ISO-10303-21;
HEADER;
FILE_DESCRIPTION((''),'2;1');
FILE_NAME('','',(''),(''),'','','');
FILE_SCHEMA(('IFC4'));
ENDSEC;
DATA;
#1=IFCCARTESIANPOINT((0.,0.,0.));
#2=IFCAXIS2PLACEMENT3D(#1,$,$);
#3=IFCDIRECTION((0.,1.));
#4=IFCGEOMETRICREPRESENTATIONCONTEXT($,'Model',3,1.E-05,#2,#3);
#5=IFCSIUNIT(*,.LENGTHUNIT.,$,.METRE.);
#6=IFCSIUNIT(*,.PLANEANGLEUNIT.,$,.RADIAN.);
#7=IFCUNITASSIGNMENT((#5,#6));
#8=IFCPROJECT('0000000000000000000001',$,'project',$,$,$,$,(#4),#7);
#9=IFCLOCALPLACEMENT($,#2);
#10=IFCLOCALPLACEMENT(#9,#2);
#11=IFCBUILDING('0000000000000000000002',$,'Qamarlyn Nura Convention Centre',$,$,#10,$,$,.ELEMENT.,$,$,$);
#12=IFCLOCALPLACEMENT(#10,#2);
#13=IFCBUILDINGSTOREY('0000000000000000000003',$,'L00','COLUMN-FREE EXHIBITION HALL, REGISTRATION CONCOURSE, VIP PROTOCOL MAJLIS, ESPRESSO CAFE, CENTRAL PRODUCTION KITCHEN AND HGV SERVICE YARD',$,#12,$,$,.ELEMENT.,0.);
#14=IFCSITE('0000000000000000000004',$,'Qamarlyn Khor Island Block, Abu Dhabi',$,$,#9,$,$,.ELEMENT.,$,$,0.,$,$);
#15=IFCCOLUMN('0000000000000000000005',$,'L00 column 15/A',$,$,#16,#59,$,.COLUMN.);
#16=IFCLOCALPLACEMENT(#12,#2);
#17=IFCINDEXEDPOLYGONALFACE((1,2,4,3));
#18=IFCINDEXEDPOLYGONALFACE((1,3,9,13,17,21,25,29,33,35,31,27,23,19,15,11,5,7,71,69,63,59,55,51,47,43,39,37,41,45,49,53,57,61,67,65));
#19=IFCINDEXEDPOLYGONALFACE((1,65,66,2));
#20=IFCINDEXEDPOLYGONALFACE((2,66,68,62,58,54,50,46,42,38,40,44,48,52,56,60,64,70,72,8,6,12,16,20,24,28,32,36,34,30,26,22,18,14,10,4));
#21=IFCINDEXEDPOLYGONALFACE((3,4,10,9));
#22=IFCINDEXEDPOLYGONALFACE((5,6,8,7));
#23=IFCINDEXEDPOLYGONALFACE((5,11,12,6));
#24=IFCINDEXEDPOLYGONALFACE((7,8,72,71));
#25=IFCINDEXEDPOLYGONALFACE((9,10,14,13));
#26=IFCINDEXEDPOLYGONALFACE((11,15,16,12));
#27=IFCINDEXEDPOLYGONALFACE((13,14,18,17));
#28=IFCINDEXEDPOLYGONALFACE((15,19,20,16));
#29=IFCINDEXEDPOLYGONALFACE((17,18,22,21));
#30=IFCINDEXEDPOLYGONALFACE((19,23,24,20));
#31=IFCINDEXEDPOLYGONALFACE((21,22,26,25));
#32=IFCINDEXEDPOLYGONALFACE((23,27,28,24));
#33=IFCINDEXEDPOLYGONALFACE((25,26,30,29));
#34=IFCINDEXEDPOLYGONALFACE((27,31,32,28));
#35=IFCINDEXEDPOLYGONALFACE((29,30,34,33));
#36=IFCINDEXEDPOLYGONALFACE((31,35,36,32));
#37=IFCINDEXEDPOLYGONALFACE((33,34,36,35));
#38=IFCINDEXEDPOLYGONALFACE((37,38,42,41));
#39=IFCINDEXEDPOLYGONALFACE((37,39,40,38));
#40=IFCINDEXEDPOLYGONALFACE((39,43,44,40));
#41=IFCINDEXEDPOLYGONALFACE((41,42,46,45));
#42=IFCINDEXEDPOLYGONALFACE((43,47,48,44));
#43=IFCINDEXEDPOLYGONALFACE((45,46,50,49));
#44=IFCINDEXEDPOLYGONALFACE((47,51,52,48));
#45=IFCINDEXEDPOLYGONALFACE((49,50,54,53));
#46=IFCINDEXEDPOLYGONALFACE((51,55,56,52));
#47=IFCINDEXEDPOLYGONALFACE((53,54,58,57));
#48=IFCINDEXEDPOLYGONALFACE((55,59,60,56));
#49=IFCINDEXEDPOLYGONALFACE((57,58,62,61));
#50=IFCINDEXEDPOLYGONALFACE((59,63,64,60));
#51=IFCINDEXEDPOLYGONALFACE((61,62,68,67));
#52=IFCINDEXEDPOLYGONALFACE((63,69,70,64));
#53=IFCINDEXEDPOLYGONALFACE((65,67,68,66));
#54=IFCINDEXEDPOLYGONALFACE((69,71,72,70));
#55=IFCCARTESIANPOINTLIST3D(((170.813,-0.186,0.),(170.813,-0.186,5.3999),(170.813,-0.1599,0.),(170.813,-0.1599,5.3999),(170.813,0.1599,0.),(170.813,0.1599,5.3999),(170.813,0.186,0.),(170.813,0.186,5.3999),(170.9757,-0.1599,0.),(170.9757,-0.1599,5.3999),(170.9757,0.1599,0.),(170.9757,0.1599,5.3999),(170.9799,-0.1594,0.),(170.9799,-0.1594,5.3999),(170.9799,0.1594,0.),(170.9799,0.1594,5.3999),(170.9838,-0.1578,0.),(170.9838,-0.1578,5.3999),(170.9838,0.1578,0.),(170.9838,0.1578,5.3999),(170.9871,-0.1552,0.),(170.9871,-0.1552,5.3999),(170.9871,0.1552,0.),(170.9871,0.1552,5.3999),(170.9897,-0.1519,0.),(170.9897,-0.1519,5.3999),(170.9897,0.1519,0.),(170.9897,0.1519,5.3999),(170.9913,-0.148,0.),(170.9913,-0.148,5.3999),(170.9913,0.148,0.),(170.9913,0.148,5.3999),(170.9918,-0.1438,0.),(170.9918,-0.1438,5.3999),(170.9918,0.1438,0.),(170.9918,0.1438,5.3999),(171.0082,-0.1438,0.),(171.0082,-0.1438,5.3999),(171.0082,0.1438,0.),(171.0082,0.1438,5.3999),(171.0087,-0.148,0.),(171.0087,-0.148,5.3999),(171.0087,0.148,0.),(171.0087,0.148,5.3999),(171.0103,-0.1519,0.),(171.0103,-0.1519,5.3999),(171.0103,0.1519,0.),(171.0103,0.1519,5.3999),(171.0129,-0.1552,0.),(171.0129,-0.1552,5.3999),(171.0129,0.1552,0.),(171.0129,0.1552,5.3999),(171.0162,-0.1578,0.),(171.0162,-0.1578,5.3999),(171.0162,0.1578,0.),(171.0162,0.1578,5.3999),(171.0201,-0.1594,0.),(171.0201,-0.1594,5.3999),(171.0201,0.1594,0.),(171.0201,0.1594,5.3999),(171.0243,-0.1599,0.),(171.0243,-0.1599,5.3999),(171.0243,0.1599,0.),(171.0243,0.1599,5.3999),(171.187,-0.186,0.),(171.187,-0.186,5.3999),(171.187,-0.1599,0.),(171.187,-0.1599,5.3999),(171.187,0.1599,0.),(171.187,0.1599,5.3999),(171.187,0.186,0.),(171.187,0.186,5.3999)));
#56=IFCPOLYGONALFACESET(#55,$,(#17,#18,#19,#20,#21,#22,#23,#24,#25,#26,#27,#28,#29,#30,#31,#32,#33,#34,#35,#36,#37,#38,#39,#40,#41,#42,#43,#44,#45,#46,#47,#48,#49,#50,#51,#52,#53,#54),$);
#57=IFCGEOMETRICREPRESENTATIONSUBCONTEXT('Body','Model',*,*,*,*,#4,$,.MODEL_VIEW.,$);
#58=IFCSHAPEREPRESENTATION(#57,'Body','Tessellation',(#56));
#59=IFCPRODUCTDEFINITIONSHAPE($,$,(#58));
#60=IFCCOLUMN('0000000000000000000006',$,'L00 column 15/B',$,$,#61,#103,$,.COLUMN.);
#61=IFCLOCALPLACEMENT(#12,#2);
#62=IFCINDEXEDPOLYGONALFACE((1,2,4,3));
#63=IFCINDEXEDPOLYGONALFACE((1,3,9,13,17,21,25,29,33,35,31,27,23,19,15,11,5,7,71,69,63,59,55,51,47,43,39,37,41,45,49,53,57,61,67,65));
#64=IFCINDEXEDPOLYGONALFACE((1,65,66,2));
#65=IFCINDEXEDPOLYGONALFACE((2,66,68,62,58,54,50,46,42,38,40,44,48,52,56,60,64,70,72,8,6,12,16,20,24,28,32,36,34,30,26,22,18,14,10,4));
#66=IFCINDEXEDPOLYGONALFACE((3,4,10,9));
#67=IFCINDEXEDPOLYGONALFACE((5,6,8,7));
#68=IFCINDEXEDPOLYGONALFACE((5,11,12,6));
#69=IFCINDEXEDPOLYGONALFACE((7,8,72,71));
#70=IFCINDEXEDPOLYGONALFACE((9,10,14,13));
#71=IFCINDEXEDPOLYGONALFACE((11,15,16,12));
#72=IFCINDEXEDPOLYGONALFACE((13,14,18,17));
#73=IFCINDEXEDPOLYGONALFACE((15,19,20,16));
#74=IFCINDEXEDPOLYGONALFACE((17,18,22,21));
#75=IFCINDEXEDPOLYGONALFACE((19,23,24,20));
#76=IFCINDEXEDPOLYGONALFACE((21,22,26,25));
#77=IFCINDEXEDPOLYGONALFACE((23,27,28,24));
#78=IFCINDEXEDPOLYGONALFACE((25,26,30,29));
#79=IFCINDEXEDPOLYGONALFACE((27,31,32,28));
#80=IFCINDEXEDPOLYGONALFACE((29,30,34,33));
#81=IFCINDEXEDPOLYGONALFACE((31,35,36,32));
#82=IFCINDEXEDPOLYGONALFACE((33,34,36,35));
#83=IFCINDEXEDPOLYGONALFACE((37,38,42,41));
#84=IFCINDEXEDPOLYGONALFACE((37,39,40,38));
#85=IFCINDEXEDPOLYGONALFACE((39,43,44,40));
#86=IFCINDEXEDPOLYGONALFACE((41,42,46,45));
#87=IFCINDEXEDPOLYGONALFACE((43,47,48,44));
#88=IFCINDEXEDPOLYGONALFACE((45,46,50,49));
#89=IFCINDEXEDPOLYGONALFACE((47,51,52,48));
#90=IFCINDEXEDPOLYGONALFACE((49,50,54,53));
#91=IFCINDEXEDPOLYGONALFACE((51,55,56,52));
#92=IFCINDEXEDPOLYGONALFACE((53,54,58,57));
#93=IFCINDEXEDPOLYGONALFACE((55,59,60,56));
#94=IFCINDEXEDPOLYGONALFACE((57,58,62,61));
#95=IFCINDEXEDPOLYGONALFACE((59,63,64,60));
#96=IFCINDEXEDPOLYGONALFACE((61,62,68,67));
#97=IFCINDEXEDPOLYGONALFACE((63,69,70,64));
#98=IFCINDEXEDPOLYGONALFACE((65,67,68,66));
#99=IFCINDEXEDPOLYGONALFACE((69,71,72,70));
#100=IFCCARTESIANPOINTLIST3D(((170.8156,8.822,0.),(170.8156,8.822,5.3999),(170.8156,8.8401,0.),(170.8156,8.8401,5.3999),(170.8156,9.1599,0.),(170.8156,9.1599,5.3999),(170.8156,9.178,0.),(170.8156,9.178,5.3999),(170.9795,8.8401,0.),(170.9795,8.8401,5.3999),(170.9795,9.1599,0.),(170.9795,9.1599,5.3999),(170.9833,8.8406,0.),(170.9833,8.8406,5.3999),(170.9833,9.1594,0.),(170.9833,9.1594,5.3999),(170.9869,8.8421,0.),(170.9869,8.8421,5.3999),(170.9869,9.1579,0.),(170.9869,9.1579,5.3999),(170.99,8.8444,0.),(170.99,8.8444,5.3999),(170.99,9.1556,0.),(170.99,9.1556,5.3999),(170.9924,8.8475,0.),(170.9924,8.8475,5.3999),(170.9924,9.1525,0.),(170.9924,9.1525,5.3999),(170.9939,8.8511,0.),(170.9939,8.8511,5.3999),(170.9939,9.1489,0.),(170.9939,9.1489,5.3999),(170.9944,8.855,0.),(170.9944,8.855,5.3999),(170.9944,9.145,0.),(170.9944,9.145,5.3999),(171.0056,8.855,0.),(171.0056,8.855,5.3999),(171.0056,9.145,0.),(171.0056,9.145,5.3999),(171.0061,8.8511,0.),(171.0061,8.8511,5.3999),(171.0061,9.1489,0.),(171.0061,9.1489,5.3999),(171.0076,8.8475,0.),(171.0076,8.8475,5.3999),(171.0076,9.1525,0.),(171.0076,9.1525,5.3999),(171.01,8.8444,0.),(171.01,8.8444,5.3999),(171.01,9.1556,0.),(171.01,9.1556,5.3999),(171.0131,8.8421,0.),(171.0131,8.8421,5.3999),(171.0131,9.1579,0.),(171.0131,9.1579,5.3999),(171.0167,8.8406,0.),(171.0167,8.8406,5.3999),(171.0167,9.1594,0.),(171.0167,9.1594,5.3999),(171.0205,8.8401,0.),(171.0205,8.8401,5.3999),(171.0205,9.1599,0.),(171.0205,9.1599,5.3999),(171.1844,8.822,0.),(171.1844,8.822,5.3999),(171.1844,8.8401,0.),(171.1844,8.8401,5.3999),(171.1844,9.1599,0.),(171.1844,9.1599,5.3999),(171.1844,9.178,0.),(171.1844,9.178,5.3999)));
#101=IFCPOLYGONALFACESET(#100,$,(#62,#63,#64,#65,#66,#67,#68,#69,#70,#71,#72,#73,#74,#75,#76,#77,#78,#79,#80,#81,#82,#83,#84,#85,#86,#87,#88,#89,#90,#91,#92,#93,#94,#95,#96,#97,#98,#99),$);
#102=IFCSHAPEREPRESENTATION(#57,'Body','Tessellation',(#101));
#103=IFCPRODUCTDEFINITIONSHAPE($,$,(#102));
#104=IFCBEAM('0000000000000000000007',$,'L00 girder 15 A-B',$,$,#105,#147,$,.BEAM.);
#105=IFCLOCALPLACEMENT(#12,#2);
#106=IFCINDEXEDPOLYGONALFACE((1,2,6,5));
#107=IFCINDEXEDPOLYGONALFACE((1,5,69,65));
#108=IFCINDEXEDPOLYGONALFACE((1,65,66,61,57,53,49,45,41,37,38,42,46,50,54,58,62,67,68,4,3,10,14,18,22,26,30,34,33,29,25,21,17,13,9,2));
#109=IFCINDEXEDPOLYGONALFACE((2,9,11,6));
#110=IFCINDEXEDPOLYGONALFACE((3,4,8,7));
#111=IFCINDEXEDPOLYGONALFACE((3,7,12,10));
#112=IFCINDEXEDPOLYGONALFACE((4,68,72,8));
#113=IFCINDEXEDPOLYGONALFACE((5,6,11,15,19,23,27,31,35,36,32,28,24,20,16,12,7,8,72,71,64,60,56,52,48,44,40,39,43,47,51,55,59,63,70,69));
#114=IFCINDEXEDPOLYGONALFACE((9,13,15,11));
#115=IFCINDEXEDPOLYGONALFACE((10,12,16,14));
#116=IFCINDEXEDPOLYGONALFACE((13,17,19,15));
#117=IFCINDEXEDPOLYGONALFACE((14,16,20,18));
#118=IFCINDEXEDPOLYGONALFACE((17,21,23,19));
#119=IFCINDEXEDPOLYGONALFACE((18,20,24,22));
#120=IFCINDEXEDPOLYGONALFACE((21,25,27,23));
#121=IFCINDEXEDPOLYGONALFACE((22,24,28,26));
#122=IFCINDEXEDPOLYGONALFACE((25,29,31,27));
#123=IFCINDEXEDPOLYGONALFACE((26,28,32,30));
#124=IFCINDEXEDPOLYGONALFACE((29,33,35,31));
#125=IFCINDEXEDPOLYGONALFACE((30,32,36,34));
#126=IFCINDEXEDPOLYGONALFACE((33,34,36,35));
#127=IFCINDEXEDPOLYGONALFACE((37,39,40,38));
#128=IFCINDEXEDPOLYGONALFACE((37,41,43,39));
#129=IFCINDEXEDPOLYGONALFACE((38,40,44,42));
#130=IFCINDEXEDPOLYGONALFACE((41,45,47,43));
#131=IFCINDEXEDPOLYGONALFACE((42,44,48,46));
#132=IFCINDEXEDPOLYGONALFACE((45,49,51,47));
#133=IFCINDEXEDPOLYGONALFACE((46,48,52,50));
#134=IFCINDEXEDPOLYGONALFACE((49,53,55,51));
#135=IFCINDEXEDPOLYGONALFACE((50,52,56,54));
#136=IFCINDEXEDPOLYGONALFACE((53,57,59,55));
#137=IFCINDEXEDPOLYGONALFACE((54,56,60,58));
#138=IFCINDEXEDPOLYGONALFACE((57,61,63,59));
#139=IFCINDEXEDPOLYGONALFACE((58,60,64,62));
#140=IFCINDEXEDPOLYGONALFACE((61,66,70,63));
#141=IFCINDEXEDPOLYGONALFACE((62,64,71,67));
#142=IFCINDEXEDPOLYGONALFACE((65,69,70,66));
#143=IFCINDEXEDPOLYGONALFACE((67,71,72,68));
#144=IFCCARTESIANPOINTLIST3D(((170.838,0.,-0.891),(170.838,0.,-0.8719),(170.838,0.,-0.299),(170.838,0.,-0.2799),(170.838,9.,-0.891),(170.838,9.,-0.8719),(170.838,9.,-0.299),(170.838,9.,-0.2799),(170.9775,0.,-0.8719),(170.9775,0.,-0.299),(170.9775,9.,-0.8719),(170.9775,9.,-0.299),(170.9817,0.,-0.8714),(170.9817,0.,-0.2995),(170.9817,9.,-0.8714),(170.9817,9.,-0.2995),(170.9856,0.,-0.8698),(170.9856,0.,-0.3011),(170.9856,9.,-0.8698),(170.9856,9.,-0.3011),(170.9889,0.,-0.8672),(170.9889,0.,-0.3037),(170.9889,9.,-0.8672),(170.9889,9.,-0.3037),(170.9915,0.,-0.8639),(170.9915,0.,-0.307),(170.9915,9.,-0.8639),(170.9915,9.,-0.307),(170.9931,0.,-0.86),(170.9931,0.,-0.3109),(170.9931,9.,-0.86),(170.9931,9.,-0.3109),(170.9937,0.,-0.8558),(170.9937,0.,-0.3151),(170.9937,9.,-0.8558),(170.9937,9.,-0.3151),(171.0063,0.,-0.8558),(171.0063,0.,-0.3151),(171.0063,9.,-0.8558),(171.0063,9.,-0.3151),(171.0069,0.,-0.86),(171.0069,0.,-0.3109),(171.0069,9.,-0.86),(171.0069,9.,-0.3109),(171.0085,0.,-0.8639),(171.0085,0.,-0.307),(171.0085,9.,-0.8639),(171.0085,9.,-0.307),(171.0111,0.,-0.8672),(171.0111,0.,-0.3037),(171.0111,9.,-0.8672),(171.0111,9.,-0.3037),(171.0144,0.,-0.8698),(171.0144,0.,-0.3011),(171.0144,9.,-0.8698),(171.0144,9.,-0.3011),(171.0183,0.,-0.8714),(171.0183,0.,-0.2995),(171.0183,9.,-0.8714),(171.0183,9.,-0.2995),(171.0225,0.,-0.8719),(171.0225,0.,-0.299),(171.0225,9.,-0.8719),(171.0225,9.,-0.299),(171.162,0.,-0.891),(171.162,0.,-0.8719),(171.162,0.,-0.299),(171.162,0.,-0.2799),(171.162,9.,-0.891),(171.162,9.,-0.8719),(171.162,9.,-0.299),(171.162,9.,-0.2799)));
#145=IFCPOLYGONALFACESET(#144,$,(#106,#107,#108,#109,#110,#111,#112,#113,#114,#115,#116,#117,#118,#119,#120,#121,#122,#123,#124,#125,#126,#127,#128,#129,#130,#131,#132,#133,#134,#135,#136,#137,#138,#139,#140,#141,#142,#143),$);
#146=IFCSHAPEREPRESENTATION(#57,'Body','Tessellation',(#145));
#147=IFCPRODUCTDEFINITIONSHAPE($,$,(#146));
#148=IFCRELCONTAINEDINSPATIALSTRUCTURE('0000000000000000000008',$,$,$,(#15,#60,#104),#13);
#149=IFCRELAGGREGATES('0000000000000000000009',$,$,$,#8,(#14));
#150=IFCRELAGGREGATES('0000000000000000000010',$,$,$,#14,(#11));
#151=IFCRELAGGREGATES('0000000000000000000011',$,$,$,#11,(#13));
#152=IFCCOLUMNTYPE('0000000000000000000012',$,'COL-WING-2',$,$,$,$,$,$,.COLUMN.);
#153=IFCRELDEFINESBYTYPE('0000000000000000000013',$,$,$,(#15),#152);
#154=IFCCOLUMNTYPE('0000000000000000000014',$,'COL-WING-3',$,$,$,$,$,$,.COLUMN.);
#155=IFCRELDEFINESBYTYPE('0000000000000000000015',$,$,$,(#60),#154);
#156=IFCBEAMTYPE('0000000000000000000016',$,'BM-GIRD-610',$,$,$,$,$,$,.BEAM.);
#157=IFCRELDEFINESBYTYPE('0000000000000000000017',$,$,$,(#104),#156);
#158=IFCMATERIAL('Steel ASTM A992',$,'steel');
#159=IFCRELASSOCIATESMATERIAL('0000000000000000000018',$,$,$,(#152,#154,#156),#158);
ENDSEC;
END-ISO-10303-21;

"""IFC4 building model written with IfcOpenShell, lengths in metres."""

from ifc_helpers import new_model, si_unit, direction, frame, origin, origin_2d, place, context, subcontext, project, spatial, i_section, extrude, material, material_profile, profile_set, type_object, element, save


model = new_model("IFC4")

# Units and contexts
model_context = context("Model", 3, precision=1e-05, world=origin(), true_north=direction((0.0, 1.0)))
body_context = subcontext(model_context, "Body", "Model", "MODEL_VIEW")
ifc_project = project(units=[si_unit("LENGTHUNIT", "METRE"), si_unit("PLANEANGLEUNIT", "RADIAN")], contexts=[model_context])

# Site, building, storey
site_placement = place(None, origin())
site = spatial("IfcSite", under=ifc_project, at=site_placement, Name="Qamarlyn Khor Island Block, Abu Dhabi", CompositionType="ELEMENT", RefElevation=0.0)
building_placement = place(site_placement, origin())
building = spatial("IfcBuilding", under=site, at=building_placement, Name="Qamarlyn Nura Convention Centre", CompositionType="ELEMENT")
storey_placement = place(building_placement, origin())
storey = spatial("IfcBuildingStorey", under=building, at=storey_placement, Name="L00", Description="COLUMN-FREE EXHIBITION HALL, REGISTRATION CONCOURSE, VIP PROTOCOL MAJLIS, ESPRESSO CAFE, CENTRAL PRODUCTION KITCHEN AND HGV SERVICE YARD", CompositionType="ELEMENT", Elevation=0.0)

# Columns
ifc_material_1 = material(Name="Steel ASTM A992", Category="steel")
ifc_material_profile_1 = material_profile(ifc_material_1, i_section(OverallWidth=0.374, OverallDepth=0.3721, WebThickness=0.0164, FlangeThickness=0.0261, FilletRadius=0.0161, at=origin_2d()), Name="W360X196")
ifc_profile_set_1 = profile_set([ifc_material_profile_1], Name="Steel ASTM A992")
column_type_1 = type_object("IfcColumnType", Name="COL-WING-2", PredefinedType="COLUMN", material=ifc_profile_set_1)
column_1_placement = place(storey_placement, frame((171.0, 0.0, 0.0), z_axis=(0.0, 0.0, 1.0), x_axis=(1.0, 0.0, 0.0)))
element("IfcColumn", 1, at=column_1_placement, inside=storey, type_object=column_type_1, Name="L00 column 15/A", PredefinedType="COLUMN", context=body_context, shape_type="SweptSolid", body=[
    extrude(i_section(OverallWidth=0.374, OverallDepth=0.3721, WebThickness=0.0164, FlangeThickness=0.0261, FilletRadius=0.0161, at=origin_2d()), origin(), (0.0, 0.0, 1.0), 5.3999),
])
ifc_material_profile_2 = material_profile(ifc_material_1, i_section(OverallWidth=0.3689, OverallDepth=0.356, WebThickness=0.0112, FlangeThickness=0.0181, FilletRadius=0.0149, at=origin_2d()), Name="W360X134")
ifc_profile_set_2 = profile_set([ifc_material_profile_2], Name="Steel ASTM A992")
column_type_2 = type_object("IfcColumnType", Name="COL-WING-3", PredefinedType="COLUMN", material=ifc_profile_set_2)
column_2_placement = place(storey_placement, frame((171.0, 9.0, 0.0), z_axis=(0.0, 0.0, 1.0), x_axis=(1.0, 0.0, 0.0)))
element("IfcColumn", 2, at=column_2_placement, inside=storey, type_object=column_type_2, Name="L00 column 15/B", PredefinedType="COLUMN", context=body_context, shape_type="SweptSolid", body=[
    extrude(i_section(OverallWidth=0.3689, OverallDepth=0.356, WebThickness=0.0112, FlangeThickness=0.0181, FilletRadius=0.0149, at=origin_2d()), origin(), (0.0, 0.0, 1.0), 5.3999),
])

# Beam
ifc_material_profile_3 = material_profile(ifc_material_1, i_section(OverallWidth=0.324, OverallDepth=0.6111, WebThickness=0.0127, FlangeThickness=0.019, FilletRadius=0.0161, at=origin_2d()), Name="W610X155")
ifc_profile_set_3 = profile_set([ifc_material_profile_3], Name="Steel ASTM A992")
beam_type_1 = type_object("IfcBeamType", Name="BM-GIRD-610", PredefinedType="BEAM", material=ifc_profile_set_3)
beam_1_placement = place(storey_placement, frame((171.0, 0.0, -0.5854), z_axis=(0.0, 1.0, 0.0), x_axis=(-1.0, 0.0, 0.0)))
element("IfcBeam", 3, at=beam_1_placement, inside=storey, type_object=beam_type_1, Name="L00 girder 15 A-B", PredefinedType="BEAM", context=body_context, shape_type="SweptSolid", body=[
    extrude(i_section(OverallWidth=0.324, OverallDepth=0.6111, WebThickness=0.0127, FlangeThickness=0.019, FilletRadius=0.0161, at=origin_2d()), origin(), (0.0, 0.0, 1.0), 9.0),
])

save(model, "model.ifc")
